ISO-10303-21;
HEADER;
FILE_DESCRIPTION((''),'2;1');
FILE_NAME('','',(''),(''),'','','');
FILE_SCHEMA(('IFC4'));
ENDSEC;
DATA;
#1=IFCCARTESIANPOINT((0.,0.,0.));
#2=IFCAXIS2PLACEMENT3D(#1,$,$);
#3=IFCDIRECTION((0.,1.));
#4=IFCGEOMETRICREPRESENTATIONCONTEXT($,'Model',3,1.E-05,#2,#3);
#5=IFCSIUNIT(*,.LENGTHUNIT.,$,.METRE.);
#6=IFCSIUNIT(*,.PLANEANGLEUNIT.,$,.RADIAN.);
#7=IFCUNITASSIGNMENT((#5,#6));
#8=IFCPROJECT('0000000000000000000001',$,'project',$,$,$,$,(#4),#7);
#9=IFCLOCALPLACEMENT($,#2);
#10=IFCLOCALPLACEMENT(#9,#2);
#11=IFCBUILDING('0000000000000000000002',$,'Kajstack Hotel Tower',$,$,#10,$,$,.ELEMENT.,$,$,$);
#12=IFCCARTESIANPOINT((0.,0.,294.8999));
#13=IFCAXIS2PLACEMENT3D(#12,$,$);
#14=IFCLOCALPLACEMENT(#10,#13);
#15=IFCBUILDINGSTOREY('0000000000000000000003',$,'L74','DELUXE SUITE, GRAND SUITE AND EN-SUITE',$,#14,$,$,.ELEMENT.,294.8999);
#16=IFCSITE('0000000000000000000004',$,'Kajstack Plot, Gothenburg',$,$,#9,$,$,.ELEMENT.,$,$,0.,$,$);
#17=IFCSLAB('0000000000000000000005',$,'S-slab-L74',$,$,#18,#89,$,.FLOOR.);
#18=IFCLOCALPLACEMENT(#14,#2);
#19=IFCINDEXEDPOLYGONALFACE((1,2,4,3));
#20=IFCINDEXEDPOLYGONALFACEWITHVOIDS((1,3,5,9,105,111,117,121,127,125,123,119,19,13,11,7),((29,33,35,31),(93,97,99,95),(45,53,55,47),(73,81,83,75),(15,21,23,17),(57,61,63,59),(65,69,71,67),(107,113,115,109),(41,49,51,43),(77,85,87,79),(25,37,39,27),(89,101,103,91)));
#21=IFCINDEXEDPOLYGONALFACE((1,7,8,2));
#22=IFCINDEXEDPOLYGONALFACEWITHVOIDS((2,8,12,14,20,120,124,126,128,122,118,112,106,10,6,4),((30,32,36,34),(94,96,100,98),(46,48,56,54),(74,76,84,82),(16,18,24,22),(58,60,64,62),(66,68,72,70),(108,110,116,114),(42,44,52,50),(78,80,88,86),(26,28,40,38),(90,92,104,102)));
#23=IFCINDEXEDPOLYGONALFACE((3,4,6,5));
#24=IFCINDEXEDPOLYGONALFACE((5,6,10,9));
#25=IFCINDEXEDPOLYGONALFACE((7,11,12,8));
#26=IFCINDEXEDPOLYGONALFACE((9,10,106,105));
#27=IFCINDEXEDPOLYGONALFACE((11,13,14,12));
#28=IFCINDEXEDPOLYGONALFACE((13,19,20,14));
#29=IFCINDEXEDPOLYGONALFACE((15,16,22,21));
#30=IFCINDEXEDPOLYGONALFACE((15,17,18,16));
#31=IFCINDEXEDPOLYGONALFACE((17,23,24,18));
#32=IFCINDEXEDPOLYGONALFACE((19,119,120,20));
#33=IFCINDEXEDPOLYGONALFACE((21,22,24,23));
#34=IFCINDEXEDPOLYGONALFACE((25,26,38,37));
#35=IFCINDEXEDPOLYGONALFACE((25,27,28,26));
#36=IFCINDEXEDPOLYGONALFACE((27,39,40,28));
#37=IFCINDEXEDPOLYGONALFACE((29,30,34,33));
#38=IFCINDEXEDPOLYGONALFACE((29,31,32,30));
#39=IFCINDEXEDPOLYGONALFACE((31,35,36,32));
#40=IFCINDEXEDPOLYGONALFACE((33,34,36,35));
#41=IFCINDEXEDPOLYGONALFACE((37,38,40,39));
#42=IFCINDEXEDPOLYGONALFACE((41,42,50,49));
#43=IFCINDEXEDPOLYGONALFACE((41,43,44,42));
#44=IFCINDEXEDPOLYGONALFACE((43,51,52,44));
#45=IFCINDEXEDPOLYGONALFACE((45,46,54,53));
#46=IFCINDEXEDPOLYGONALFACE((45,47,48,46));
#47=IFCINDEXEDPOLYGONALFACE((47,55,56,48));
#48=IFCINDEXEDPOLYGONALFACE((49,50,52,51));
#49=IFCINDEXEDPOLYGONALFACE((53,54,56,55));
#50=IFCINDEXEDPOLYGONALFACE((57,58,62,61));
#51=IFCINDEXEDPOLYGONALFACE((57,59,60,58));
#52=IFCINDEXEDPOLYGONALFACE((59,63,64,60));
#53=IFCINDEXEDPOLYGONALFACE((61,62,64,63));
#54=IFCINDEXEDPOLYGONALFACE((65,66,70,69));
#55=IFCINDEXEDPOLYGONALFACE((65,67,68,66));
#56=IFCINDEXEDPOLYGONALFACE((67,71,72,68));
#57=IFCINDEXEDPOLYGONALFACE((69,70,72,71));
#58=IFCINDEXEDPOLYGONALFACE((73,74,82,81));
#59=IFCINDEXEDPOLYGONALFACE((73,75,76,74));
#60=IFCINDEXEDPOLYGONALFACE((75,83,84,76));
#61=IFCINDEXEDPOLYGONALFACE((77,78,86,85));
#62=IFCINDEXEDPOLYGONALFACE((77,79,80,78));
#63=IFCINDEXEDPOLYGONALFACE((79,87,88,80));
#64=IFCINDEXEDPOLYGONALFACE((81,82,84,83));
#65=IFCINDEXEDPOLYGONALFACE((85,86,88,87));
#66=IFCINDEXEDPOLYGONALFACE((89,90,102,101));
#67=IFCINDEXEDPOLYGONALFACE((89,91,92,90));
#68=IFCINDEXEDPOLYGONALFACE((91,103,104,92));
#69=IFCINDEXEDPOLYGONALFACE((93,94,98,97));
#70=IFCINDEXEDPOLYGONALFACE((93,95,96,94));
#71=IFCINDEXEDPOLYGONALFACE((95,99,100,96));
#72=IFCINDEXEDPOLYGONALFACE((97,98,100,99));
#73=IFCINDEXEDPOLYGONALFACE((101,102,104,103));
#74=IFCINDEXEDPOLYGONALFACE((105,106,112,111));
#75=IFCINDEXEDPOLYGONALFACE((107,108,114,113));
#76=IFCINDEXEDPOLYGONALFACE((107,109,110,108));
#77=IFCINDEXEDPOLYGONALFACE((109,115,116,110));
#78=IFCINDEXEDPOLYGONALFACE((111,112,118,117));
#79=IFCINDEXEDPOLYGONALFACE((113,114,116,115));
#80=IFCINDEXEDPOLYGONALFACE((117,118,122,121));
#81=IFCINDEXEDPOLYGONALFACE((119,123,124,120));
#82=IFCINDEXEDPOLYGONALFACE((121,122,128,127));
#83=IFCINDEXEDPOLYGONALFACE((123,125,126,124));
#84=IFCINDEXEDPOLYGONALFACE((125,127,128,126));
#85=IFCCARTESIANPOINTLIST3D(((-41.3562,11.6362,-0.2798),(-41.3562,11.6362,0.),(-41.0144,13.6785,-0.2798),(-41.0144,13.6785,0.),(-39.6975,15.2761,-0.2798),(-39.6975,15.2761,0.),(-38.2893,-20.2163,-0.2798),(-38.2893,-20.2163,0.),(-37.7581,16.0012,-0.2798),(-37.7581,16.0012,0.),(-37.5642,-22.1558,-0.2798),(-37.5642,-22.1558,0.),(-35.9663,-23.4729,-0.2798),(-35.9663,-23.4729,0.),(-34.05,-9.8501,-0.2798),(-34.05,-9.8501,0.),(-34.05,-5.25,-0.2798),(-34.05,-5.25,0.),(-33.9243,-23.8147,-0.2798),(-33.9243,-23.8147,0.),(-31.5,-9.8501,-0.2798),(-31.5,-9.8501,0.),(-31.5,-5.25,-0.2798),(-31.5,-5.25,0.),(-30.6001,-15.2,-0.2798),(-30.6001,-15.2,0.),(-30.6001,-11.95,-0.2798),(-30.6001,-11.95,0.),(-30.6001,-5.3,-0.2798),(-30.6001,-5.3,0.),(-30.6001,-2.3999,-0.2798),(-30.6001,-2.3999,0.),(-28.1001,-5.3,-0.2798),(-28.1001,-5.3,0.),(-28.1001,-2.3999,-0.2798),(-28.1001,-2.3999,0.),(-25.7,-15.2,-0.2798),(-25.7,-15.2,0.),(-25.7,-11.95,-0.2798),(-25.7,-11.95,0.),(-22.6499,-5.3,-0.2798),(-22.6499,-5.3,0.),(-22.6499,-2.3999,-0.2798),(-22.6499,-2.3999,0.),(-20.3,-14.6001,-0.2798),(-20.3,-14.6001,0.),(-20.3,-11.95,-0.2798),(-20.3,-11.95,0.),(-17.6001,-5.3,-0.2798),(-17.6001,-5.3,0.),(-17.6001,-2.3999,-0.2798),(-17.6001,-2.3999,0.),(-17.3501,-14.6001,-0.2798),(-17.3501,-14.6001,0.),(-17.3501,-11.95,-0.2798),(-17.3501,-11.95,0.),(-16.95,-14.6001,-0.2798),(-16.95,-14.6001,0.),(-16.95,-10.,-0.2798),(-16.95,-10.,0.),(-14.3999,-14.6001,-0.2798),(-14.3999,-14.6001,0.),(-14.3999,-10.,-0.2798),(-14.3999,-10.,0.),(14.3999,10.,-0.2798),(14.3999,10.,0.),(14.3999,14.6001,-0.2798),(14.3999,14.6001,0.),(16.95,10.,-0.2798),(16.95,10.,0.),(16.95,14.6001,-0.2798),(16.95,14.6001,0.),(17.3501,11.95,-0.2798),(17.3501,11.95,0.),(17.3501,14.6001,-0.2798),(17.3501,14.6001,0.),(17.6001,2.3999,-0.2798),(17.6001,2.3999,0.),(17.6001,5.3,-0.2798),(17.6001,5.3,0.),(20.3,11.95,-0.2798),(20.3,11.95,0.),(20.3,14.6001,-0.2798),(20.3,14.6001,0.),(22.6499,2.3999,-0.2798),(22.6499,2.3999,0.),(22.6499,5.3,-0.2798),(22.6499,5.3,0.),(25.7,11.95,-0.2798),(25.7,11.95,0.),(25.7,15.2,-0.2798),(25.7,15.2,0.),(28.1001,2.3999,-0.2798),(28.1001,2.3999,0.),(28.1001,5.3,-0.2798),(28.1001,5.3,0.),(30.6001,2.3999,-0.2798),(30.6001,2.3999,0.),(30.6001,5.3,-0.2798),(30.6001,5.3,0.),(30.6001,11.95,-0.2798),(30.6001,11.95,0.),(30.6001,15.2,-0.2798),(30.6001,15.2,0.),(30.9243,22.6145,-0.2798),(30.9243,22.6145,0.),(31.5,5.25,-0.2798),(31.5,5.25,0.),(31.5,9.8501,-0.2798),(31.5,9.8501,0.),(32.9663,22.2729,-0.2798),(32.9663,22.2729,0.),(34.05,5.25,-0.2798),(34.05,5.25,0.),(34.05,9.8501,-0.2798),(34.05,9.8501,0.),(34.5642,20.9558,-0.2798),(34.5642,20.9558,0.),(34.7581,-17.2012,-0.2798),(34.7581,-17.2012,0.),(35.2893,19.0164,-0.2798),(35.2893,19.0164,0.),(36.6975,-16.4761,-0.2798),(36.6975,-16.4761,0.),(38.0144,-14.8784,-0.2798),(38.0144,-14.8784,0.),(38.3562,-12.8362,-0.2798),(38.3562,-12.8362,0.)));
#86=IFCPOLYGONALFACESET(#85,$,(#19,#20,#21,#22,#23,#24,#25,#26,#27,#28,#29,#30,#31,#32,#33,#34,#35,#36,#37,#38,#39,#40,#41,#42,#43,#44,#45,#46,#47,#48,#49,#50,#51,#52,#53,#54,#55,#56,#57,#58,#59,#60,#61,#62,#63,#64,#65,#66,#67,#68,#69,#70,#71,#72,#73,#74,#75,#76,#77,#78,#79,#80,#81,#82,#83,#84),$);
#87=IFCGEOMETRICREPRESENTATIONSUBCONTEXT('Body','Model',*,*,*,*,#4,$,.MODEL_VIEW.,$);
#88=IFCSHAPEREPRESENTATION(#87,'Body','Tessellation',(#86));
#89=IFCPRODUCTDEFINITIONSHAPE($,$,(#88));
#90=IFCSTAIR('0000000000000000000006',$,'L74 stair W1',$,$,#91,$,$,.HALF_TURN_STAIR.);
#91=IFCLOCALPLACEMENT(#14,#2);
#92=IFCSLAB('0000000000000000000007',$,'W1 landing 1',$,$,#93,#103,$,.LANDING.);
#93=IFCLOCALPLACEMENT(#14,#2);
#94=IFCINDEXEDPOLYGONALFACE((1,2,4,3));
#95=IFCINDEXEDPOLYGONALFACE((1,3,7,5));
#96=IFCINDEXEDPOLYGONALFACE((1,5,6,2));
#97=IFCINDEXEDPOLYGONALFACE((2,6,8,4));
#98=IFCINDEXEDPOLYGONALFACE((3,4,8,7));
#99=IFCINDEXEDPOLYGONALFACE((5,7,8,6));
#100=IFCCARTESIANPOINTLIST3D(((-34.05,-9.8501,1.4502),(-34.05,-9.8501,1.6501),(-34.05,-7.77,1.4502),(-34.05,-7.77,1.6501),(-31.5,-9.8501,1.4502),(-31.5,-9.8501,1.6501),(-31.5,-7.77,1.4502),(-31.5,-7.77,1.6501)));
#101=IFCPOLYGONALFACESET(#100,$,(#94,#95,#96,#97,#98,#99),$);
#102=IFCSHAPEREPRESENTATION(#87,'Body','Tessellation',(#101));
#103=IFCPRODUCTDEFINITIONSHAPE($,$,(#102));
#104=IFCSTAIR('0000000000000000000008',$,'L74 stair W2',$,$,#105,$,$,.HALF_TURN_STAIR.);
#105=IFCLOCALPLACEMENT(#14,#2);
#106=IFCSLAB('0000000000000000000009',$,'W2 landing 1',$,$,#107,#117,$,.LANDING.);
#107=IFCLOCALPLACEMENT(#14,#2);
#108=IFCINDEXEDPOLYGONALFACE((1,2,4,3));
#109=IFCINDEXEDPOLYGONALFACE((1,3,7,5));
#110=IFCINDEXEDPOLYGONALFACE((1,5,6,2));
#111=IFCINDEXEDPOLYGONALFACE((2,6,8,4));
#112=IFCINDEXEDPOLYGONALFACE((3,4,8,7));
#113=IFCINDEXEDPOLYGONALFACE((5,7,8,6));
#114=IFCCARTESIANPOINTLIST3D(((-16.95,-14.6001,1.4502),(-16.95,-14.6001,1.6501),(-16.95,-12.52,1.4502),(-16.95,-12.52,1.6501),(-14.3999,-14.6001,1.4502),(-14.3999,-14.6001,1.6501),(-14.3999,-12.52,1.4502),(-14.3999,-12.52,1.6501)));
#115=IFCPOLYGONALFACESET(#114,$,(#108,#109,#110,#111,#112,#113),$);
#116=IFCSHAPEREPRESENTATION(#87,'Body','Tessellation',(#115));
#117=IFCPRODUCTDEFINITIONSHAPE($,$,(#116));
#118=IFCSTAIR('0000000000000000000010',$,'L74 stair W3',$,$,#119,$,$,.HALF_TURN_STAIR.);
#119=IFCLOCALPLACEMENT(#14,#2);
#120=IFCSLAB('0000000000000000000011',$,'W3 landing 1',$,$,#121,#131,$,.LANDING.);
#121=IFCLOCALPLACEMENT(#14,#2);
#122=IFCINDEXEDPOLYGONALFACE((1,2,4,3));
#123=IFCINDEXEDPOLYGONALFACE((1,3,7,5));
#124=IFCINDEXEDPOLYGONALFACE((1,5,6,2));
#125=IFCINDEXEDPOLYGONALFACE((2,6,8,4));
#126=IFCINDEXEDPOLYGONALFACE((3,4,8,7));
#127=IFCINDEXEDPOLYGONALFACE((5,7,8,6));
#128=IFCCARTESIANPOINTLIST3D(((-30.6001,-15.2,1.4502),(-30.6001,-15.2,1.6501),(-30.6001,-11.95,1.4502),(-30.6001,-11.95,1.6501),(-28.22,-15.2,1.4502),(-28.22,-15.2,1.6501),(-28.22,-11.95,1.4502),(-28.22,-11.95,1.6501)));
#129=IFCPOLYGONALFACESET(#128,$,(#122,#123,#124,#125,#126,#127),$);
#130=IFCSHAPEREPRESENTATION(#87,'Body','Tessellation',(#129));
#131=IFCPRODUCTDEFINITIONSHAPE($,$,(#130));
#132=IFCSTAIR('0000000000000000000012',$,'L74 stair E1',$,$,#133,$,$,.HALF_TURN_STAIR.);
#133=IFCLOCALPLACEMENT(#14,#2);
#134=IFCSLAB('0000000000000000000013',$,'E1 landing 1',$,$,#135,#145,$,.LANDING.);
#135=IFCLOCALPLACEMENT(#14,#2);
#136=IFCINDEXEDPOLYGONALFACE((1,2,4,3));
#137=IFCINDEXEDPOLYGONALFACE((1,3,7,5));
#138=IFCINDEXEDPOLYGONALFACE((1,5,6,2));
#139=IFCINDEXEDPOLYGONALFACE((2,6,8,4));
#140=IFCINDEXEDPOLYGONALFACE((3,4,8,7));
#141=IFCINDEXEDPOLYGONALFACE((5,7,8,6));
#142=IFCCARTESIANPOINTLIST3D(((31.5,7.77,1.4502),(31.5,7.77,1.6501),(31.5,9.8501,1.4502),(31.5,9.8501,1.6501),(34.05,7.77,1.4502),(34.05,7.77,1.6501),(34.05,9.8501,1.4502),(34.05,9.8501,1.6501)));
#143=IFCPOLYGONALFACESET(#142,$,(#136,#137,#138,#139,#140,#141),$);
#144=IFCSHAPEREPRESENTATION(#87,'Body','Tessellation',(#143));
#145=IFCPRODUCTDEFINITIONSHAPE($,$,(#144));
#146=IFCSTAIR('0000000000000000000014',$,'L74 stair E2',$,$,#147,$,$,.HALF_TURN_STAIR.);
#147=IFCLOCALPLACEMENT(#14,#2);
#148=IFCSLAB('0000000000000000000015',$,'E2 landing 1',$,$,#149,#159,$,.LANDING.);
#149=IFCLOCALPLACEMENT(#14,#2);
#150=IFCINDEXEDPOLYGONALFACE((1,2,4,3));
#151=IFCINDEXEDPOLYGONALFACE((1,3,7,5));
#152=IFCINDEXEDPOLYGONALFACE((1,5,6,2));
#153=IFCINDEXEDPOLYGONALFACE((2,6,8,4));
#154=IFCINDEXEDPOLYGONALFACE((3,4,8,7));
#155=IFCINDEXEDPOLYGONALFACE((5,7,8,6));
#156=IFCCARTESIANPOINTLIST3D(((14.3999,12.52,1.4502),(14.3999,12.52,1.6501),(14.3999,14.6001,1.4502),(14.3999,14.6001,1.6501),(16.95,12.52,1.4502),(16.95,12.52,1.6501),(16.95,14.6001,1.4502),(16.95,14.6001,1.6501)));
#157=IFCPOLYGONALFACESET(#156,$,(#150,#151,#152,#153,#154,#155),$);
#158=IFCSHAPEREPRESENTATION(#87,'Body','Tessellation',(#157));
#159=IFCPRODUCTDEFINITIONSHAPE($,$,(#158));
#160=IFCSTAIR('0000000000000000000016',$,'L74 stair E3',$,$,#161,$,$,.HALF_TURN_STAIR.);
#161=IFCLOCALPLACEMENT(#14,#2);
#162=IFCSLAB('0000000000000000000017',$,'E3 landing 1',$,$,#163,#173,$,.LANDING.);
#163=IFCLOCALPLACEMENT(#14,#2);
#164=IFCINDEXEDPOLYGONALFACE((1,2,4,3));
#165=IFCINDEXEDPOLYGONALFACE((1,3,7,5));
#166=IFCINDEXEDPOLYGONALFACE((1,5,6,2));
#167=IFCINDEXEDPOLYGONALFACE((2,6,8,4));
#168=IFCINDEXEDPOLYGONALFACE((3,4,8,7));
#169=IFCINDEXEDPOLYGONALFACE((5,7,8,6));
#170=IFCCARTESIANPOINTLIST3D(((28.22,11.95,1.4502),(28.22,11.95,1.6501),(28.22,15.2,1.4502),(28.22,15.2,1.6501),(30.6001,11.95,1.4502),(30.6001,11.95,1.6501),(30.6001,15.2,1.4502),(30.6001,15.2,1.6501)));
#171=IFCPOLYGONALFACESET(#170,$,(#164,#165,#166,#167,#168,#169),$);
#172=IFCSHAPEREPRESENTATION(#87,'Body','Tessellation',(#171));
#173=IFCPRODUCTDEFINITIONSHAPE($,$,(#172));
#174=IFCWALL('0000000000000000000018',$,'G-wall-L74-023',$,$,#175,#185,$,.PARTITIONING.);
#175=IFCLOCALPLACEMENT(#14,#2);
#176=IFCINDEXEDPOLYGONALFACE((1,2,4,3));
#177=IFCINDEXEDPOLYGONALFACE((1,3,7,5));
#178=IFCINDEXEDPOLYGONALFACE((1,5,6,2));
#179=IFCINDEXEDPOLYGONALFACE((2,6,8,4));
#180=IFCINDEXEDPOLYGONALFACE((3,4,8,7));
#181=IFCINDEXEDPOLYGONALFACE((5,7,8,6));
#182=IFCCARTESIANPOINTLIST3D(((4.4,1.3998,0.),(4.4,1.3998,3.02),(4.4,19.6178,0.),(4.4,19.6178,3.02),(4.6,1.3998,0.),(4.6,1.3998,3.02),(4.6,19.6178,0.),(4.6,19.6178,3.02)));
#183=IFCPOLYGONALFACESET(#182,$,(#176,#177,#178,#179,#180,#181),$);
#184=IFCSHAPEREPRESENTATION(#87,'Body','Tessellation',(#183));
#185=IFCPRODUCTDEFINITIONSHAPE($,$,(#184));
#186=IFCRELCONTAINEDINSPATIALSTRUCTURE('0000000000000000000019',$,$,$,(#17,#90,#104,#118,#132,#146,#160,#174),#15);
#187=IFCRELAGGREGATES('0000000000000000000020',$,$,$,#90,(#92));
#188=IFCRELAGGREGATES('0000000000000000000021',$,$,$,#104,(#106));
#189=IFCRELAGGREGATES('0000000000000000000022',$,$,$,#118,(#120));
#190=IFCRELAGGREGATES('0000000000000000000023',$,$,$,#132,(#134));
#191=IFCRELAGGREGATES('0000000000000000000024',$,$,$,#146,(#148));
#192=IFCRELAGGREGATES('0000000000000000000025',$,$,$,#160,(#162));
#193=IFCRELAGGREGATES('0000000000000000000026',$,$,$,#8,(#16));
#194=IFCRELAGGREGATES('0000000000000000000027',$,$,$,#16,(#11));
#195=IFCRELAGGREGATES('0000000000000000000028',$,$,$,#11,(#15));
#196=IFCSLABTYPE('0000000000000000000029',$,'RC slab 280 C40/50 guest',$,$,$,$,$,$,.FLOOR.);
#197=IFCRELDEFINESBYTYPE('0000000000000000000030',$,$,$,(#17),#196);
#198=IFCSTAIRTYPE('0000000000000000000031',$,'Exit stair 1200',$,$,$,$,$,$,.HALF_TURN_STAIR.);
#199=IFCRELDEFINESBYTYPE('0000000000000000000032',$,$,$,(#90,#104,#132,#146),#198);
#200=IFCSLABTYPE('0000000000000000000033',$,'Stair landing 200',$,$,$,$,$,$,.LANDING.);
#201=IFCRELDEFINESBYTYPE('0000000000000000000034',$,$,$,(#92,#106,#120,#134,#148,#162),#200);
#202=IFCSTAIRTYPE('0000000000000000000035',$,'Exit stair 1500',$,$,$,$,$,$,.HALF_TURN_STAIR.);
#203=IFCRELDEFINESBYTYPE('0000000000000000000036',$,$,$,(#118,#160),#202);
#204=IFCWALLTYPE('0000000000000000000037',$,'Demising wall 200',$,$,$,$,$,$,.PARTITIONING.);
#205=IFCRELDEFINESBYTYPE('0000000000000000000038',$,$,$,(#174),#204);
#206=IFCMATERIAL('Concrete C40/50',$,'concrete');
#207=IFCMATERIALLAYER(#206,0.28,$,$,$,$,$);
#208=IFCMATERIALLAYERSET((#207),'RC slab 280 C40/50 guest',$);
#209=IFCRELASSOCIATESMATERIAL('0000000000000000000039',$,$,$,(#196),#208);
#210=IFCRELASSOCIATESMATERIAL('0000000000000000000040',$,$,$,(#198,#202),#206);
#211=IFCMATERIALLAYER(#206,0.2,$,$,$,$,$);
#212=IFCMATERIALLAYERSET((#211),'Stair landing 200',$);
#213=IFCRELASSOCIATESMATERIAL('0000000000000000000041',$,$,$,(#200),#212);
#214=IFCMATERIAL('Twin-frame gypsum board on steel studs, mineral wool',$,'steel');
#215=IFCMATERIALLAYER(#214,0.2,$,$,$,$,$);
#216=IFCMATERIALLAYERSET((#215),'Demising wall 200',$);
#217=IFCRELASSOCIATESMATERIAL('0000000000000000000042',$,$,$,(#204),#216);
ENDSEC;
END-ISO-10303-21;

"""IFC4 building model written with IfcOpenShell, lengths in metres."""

from ifc_helpers import new_model, si_unit, direction, frame, frame_2d, origin, place, context, subcontext, project, spatial, polyline, rectangle, outline, extrude, material, layer, layer_set, type_object, element, aggregate, save


model = new_model("IFC4")

# Units and contexts
model_context = context("Model", 3, precision=1e-05, world=origin(), true_north=direction((0.0, 1.0)))
body_context = subcontext(model_context, "Body", "Model", "MODEL_VIEW")
ifc_project = project(units=[si_unit("LENGTHUNIT", "METRE"), si_unit("PLANEANGLEUNIT", "RADIAN")], contexts=[model_context])

# Site, building, storey
site_placement = place(None, origin())
site = spatial("IfcSite", under=ifc_project, at=site_placement, Name="Kajstack Plot, Gothenburg", CompositionType="ELEMENT", RefElevation=0.0)
building_placement = place(site_placement, origin())
building = spatial("IfcBuilding", under=site, at=building_placement, Name="Kajstack Hotel Tower", CompositionType="ELEMENT")
storey_placement = place(building_placement, frame((0.0, 0.0, 294.8999)))
storey = spatial("IfcBuildingStorey", under=building, at=storey_placement, Name="L74", Description="DELUXE SUITE, GRAND SUITE AND EN-SUITE", CompositionType="ELEMENT", Elevation=294.8999)

# Slab
ifc_material_1 = material(Name="Concrete C40/50", Category="concrete")
ifc_layer_1 = layer(ifc_material_1, 0.28)
ifc_layer_set_1 = layer_set([ifc_layer_1], Name="RC slab 280 C40/50 guest")
slab_type_1 = type_object("IfcSlabType", Name="RC slab 280 C40/50 guest", PredefinedType="FLOOR", material=ifc_layer_set_1)
slab_1_placement = place(storey_placement, frame((0.0, 0.0, -0.2798)))
element("IfcSlab", 1, at=slab_1_placement, inside=storey, type_object=slab_type_1, Name="S-slab-L74", PredefinedType="FLOOR", context=body_context, shape_type="SweptSolid", body=[
    extrude(outline(polyline([(-41.3562, 11.6362), (-38.2893, -20.2163), (-37.5642, -22.1558), (-35.9663, -23.4729), (-33.9243, -23.8147), (34.7581, -17.2012), (36.6975, -16.4761), (38.0144, -14.8784), (38.3562, -12.8362), (35.2893, 19.0164), (34.5642, 20.9558), (32.9663, 22.2729), (30.9243, 22.6145), (-37.7581, 16.0012), (-39.6975, 15.2761), (-41.0144, 13.6785), (-41.3562, 11.6362)]), holes=[polyline([(-22.6499, -5.3), (-22.6499, -2.3999), (-17.6001, -2.3999), (-17.6001, -5.3), (-22.6499, -5.3)]), polyline([(-20.3, -14.6001), (-17.3501, -14.6001), (-17.3501, -11.95), (-20.3, -11.95), (-20.3, -14.6001)]), polyline([(-30.6001, -5.3), (-28.1001, -5.3), (-28.1001, -2.3999), (-30.6001, -2.3999), (-30.6001, -5.3)]), polyline([(17.6001, 2.3999), (17.6001, 5.3), (22.6499, 5.3), (22.6499, 2.3999), (17.6001, 2.3999)]), polyline([(20.3, 14.6001), (17.3501, 14.6001), (17.3501, 11.95), (20.3, 11.95), (20.3, 14.6001)]), polyline([(30.6001, 5.3), (28.1001, 5.3), (28.1001, 2.3999), (30.6001, 2.3999), (30.6001, 5.3)]), polyline([(-34.05, -9.8501), (-31.5, -9.8501), (-31.5, -5.25), (-34.05, -5.25), (-34.05, -9.8501)]), polyline([(-16.95, -14.6001), (-14.3999, -14.6001), (-14.3999, -10.0), (-16.95, -10.0), (-16.95, -14.6001)]), polyline([(-30.6001, -15.2), (-25.7, -15.2), (-25.7, -11.95), (-30.6001, -11.95), (-30.6001, -15.2)]), polyline([(34.05, 9.8501), (31.5, 9.8501), (31.5, 5.25), (34.05, 5.25), (34.05, 9.8501)]), polyline([(16.95, 14.6001), (14.3999, 14.6001), (14.3999, 10.0), (16.95, 10.0), (16.95, 14.6001)]), polyline([(30.6001, 15.2), (25.7, 15.2), (25.7, 11.95), (30.6001, 11.95), (30.6001, 15.2)])]), origin(), (0.0, 0.0, 1.0), 0.2798),
])

# Stairs, slabs
stair_type_1 = type_object("IfcStairType", Name="Exit stair 1200", PredefinedType="HALF_TURN_STAIR", material=ifc_material_1)
stair_1_placement = place(storey_placement, origin())
stair_1 = element("IfcStair", 2, at=stair_1_placement, inside=storey, type_object=stair_type_1, Name="L74 stair W1", PredefinedType="HALF_TURN_STAIR")
ifc_layer_2 = layer(ifc_material_1, 0.2)
ifc_layer_set_2 = layer_set([ifc_layer_2], Name="Stair landing 200")
slab_type_2 = type_object("IfcSlabType", Name="Stair landing 200", PredefinedType="LANDING", material=ifc_layer_set_2)
slab_2_placement = place(storey_placement, frame((0.0, 0.0, 1.4502)))
slab_2 = element("IfcSlab", 3, at=slab_2_placement, type_object=slab_type_2, Name="W1 landing 1", PredefinedType="LANDING", context=body_context, shape_type="SweptSolid", body=[
    extrude(outline(polyline([(-34.05, -7.77), (-34.05, -9.8501), (-31.5, -9.8501), (-31.5, -7.77), (-34.05, -7.77)])), origin(), (0.0, 0.0, 1.0), 0.2),
])
aggregate(stair_1, [slab_2])
stair_2_placement = place(storey_placement, origin())
stair_2 = element("IfcStair", 4, at=stair_2_placement, inside=storey, type_object=stair_type_1, Name="L74 stair W2", PredefinedType="HALF_TURN_STAIR")
slab_3_placement = place(storey_placement, frame((0.0, 0.0, 1.4502)))
slab_3 = element("IfcSlab", 5, at=slab_3_placement, type_object=slab_type_2, Name="W2 landing 1", PredefinedType="LANDING", context=body_context, shape_type="SweptSolid", body=[
    extrude(outline(polyline([(-16.95, -12.52), (-16.95, -14.6001), (-14.3999, -14.6001), (-14.3999, -12.52), (-16.95, -12.52)])), origin(), (0.0, 0.0, 1.0), 0.2),
])
aggregate(stair_2, [slab_3])
stair_type_2 = type_object("IfcStairType", Name="Exit stair 1500", PredefinedType="HALF_TURN_STAIR", material=ifc_material_1)
stair_3_placement = place(storey_placement, origin())
stair_3 = element("IfcStair", 6, at=stair_3_placement, inside=storey, type_object=stair_type_2, Name="L74 stair W3", PredefinedType="HALF_TURN_STAIR")
slab_4_placement = place(storey_placement, frame((0.0, 0.0, 1.4502)))
slab_4 = element("IfcSlab", 7, at=slab_4_placement, type_object=slab_type_2, Name="W3 landing 1", PredefinedType="LANDING", context=body_context, shape_type="SweptSolid", body=[
    extrude(outline(polyline([(-28.22, -11.95), (-30.6001, -11.95), (-30.6001, -15.2), (-28.22, -15.2), (-28.22, -11.95)])), origin(), (0.0, 0.0, 1.0), 0.2),
])
aggregate(stair_3, [slab_4])
stair_4_placement = place(storey_placement, origin())
stair_4 = element("IfcStair", 8, at=stair_4_placement, inside=storey, type_object=stair_type_1, Name="L74 stair E1", PredefinedType="HALF_TURN_STAIR")
slab_5_placement = place(storey_placement, frame((0.0, 0.0, 1.4502)))
slab_5 = element("IfcSlab", 9, at=slab_5_placement, type_object=slab_type_2, Name="E1 landing 1", PredefinedType="LANDING", context=body_context, shape_type="SweptSolid", body=[
    extrude(outline(polyline([(34.05, 7.77), (34.05, 9.8501), (31.5, 9.8501), (31.5, 7.77), (34.05, 7.77)])), origin(), (0.0, 0.0, 1.0), 0.2),
])
aggregate(stair_4, [slab_5])
stair_5_placement = place(storey_placement, origin())
stair_5 = element("IfcStair", 10, at=stair_5_placement, inside=storey, type_object=stair_type_1, Name="L74 stair E2", PredefinedType="HALF_TURN_STAIR")
slab_6_placement = place(storey_placement, frame((0.0, 0.0, 1.4502)))
slab_6 = element("IfcSlab", 11, at=slab_6_placement, type_object=slab_type_2, Name="E2 landing 1", PredefinedType="LANDING", context=body_context, shape_type="SweptSolid", body=[
    extrude(outline(polyline([(16.95, 12.52), (16.95, 14.6001), (14.3999, 14.6001), (14.3999, 12.52), (16.95, 12.52)])), origin(), (0.0, 0.0, 1.0), 0.2),
])
aggregate(stair_5, [slab_6])
stair_6_placement = place(storey_placement, origin())
stair_6 = element("IfcStair", 12, at=stair_6_placement, inside=storey, type_object=stair_type_2, Name="L74 stair E3", PredefinedType="HALF_TURN_STAIR")
slab_7_placement = place(storey_placement, frame((0.0, 0.0, 1.4502)))
slab_7 = element("IfcSlab", 13, at=slab_7_placement, type_object=slab_type_2, Name="E3 landing 1", PredefinedType="LANDING", context=body_context, shape_type="SweptSolid", body=[
    extrude(outline(polyline([(28.22, 11.95), (30.6001, 11.95), (30.6001, 15.2), (28.22, 15.2), (28.22, 11.95)])), origin(), (0.0, 0.0, 1.0), 0.2),
])
aggregate(stair_6, [slab_7])

# Wall
ifc_material_2 = material(Name="Twin-frame gypsum board on steel studs, mineral wool", Category="steel")
ifc_layer_3 = layer(ifc_material_2, 0.2)
ifc_layer_set_3 = layer_set([ifc_layer_3], Name="Demising wall 200")
wall_type_1 = type_object("IfcWallType", Name="Demising wall 200", PredefinedType="PARTITIONING", material=ifc_layer_set_3)
wall_1_placement = place(storey_placement, frame((4.5, 1.3999, 0.0), z_axis=(0.0, 0.0, 1.0), x_axis=(0.0, 1.0, 0.0)))
element("IfcWall", 14, at=wall_1_placement, inside=storey, type_object=wall_type_1, Name="G-wall-L74-023", PredefinedType="PARTITIONING", context=body_context, shape_type="SweptSolid", body=[
    extrude(rectangle(XDim=18.218, YDim=0.2, at=frame_2d((9.1089, 0.0))), origin(), (0.0, 0.0, 1.0), 3.02),
])

save(model, "model.ifc")
